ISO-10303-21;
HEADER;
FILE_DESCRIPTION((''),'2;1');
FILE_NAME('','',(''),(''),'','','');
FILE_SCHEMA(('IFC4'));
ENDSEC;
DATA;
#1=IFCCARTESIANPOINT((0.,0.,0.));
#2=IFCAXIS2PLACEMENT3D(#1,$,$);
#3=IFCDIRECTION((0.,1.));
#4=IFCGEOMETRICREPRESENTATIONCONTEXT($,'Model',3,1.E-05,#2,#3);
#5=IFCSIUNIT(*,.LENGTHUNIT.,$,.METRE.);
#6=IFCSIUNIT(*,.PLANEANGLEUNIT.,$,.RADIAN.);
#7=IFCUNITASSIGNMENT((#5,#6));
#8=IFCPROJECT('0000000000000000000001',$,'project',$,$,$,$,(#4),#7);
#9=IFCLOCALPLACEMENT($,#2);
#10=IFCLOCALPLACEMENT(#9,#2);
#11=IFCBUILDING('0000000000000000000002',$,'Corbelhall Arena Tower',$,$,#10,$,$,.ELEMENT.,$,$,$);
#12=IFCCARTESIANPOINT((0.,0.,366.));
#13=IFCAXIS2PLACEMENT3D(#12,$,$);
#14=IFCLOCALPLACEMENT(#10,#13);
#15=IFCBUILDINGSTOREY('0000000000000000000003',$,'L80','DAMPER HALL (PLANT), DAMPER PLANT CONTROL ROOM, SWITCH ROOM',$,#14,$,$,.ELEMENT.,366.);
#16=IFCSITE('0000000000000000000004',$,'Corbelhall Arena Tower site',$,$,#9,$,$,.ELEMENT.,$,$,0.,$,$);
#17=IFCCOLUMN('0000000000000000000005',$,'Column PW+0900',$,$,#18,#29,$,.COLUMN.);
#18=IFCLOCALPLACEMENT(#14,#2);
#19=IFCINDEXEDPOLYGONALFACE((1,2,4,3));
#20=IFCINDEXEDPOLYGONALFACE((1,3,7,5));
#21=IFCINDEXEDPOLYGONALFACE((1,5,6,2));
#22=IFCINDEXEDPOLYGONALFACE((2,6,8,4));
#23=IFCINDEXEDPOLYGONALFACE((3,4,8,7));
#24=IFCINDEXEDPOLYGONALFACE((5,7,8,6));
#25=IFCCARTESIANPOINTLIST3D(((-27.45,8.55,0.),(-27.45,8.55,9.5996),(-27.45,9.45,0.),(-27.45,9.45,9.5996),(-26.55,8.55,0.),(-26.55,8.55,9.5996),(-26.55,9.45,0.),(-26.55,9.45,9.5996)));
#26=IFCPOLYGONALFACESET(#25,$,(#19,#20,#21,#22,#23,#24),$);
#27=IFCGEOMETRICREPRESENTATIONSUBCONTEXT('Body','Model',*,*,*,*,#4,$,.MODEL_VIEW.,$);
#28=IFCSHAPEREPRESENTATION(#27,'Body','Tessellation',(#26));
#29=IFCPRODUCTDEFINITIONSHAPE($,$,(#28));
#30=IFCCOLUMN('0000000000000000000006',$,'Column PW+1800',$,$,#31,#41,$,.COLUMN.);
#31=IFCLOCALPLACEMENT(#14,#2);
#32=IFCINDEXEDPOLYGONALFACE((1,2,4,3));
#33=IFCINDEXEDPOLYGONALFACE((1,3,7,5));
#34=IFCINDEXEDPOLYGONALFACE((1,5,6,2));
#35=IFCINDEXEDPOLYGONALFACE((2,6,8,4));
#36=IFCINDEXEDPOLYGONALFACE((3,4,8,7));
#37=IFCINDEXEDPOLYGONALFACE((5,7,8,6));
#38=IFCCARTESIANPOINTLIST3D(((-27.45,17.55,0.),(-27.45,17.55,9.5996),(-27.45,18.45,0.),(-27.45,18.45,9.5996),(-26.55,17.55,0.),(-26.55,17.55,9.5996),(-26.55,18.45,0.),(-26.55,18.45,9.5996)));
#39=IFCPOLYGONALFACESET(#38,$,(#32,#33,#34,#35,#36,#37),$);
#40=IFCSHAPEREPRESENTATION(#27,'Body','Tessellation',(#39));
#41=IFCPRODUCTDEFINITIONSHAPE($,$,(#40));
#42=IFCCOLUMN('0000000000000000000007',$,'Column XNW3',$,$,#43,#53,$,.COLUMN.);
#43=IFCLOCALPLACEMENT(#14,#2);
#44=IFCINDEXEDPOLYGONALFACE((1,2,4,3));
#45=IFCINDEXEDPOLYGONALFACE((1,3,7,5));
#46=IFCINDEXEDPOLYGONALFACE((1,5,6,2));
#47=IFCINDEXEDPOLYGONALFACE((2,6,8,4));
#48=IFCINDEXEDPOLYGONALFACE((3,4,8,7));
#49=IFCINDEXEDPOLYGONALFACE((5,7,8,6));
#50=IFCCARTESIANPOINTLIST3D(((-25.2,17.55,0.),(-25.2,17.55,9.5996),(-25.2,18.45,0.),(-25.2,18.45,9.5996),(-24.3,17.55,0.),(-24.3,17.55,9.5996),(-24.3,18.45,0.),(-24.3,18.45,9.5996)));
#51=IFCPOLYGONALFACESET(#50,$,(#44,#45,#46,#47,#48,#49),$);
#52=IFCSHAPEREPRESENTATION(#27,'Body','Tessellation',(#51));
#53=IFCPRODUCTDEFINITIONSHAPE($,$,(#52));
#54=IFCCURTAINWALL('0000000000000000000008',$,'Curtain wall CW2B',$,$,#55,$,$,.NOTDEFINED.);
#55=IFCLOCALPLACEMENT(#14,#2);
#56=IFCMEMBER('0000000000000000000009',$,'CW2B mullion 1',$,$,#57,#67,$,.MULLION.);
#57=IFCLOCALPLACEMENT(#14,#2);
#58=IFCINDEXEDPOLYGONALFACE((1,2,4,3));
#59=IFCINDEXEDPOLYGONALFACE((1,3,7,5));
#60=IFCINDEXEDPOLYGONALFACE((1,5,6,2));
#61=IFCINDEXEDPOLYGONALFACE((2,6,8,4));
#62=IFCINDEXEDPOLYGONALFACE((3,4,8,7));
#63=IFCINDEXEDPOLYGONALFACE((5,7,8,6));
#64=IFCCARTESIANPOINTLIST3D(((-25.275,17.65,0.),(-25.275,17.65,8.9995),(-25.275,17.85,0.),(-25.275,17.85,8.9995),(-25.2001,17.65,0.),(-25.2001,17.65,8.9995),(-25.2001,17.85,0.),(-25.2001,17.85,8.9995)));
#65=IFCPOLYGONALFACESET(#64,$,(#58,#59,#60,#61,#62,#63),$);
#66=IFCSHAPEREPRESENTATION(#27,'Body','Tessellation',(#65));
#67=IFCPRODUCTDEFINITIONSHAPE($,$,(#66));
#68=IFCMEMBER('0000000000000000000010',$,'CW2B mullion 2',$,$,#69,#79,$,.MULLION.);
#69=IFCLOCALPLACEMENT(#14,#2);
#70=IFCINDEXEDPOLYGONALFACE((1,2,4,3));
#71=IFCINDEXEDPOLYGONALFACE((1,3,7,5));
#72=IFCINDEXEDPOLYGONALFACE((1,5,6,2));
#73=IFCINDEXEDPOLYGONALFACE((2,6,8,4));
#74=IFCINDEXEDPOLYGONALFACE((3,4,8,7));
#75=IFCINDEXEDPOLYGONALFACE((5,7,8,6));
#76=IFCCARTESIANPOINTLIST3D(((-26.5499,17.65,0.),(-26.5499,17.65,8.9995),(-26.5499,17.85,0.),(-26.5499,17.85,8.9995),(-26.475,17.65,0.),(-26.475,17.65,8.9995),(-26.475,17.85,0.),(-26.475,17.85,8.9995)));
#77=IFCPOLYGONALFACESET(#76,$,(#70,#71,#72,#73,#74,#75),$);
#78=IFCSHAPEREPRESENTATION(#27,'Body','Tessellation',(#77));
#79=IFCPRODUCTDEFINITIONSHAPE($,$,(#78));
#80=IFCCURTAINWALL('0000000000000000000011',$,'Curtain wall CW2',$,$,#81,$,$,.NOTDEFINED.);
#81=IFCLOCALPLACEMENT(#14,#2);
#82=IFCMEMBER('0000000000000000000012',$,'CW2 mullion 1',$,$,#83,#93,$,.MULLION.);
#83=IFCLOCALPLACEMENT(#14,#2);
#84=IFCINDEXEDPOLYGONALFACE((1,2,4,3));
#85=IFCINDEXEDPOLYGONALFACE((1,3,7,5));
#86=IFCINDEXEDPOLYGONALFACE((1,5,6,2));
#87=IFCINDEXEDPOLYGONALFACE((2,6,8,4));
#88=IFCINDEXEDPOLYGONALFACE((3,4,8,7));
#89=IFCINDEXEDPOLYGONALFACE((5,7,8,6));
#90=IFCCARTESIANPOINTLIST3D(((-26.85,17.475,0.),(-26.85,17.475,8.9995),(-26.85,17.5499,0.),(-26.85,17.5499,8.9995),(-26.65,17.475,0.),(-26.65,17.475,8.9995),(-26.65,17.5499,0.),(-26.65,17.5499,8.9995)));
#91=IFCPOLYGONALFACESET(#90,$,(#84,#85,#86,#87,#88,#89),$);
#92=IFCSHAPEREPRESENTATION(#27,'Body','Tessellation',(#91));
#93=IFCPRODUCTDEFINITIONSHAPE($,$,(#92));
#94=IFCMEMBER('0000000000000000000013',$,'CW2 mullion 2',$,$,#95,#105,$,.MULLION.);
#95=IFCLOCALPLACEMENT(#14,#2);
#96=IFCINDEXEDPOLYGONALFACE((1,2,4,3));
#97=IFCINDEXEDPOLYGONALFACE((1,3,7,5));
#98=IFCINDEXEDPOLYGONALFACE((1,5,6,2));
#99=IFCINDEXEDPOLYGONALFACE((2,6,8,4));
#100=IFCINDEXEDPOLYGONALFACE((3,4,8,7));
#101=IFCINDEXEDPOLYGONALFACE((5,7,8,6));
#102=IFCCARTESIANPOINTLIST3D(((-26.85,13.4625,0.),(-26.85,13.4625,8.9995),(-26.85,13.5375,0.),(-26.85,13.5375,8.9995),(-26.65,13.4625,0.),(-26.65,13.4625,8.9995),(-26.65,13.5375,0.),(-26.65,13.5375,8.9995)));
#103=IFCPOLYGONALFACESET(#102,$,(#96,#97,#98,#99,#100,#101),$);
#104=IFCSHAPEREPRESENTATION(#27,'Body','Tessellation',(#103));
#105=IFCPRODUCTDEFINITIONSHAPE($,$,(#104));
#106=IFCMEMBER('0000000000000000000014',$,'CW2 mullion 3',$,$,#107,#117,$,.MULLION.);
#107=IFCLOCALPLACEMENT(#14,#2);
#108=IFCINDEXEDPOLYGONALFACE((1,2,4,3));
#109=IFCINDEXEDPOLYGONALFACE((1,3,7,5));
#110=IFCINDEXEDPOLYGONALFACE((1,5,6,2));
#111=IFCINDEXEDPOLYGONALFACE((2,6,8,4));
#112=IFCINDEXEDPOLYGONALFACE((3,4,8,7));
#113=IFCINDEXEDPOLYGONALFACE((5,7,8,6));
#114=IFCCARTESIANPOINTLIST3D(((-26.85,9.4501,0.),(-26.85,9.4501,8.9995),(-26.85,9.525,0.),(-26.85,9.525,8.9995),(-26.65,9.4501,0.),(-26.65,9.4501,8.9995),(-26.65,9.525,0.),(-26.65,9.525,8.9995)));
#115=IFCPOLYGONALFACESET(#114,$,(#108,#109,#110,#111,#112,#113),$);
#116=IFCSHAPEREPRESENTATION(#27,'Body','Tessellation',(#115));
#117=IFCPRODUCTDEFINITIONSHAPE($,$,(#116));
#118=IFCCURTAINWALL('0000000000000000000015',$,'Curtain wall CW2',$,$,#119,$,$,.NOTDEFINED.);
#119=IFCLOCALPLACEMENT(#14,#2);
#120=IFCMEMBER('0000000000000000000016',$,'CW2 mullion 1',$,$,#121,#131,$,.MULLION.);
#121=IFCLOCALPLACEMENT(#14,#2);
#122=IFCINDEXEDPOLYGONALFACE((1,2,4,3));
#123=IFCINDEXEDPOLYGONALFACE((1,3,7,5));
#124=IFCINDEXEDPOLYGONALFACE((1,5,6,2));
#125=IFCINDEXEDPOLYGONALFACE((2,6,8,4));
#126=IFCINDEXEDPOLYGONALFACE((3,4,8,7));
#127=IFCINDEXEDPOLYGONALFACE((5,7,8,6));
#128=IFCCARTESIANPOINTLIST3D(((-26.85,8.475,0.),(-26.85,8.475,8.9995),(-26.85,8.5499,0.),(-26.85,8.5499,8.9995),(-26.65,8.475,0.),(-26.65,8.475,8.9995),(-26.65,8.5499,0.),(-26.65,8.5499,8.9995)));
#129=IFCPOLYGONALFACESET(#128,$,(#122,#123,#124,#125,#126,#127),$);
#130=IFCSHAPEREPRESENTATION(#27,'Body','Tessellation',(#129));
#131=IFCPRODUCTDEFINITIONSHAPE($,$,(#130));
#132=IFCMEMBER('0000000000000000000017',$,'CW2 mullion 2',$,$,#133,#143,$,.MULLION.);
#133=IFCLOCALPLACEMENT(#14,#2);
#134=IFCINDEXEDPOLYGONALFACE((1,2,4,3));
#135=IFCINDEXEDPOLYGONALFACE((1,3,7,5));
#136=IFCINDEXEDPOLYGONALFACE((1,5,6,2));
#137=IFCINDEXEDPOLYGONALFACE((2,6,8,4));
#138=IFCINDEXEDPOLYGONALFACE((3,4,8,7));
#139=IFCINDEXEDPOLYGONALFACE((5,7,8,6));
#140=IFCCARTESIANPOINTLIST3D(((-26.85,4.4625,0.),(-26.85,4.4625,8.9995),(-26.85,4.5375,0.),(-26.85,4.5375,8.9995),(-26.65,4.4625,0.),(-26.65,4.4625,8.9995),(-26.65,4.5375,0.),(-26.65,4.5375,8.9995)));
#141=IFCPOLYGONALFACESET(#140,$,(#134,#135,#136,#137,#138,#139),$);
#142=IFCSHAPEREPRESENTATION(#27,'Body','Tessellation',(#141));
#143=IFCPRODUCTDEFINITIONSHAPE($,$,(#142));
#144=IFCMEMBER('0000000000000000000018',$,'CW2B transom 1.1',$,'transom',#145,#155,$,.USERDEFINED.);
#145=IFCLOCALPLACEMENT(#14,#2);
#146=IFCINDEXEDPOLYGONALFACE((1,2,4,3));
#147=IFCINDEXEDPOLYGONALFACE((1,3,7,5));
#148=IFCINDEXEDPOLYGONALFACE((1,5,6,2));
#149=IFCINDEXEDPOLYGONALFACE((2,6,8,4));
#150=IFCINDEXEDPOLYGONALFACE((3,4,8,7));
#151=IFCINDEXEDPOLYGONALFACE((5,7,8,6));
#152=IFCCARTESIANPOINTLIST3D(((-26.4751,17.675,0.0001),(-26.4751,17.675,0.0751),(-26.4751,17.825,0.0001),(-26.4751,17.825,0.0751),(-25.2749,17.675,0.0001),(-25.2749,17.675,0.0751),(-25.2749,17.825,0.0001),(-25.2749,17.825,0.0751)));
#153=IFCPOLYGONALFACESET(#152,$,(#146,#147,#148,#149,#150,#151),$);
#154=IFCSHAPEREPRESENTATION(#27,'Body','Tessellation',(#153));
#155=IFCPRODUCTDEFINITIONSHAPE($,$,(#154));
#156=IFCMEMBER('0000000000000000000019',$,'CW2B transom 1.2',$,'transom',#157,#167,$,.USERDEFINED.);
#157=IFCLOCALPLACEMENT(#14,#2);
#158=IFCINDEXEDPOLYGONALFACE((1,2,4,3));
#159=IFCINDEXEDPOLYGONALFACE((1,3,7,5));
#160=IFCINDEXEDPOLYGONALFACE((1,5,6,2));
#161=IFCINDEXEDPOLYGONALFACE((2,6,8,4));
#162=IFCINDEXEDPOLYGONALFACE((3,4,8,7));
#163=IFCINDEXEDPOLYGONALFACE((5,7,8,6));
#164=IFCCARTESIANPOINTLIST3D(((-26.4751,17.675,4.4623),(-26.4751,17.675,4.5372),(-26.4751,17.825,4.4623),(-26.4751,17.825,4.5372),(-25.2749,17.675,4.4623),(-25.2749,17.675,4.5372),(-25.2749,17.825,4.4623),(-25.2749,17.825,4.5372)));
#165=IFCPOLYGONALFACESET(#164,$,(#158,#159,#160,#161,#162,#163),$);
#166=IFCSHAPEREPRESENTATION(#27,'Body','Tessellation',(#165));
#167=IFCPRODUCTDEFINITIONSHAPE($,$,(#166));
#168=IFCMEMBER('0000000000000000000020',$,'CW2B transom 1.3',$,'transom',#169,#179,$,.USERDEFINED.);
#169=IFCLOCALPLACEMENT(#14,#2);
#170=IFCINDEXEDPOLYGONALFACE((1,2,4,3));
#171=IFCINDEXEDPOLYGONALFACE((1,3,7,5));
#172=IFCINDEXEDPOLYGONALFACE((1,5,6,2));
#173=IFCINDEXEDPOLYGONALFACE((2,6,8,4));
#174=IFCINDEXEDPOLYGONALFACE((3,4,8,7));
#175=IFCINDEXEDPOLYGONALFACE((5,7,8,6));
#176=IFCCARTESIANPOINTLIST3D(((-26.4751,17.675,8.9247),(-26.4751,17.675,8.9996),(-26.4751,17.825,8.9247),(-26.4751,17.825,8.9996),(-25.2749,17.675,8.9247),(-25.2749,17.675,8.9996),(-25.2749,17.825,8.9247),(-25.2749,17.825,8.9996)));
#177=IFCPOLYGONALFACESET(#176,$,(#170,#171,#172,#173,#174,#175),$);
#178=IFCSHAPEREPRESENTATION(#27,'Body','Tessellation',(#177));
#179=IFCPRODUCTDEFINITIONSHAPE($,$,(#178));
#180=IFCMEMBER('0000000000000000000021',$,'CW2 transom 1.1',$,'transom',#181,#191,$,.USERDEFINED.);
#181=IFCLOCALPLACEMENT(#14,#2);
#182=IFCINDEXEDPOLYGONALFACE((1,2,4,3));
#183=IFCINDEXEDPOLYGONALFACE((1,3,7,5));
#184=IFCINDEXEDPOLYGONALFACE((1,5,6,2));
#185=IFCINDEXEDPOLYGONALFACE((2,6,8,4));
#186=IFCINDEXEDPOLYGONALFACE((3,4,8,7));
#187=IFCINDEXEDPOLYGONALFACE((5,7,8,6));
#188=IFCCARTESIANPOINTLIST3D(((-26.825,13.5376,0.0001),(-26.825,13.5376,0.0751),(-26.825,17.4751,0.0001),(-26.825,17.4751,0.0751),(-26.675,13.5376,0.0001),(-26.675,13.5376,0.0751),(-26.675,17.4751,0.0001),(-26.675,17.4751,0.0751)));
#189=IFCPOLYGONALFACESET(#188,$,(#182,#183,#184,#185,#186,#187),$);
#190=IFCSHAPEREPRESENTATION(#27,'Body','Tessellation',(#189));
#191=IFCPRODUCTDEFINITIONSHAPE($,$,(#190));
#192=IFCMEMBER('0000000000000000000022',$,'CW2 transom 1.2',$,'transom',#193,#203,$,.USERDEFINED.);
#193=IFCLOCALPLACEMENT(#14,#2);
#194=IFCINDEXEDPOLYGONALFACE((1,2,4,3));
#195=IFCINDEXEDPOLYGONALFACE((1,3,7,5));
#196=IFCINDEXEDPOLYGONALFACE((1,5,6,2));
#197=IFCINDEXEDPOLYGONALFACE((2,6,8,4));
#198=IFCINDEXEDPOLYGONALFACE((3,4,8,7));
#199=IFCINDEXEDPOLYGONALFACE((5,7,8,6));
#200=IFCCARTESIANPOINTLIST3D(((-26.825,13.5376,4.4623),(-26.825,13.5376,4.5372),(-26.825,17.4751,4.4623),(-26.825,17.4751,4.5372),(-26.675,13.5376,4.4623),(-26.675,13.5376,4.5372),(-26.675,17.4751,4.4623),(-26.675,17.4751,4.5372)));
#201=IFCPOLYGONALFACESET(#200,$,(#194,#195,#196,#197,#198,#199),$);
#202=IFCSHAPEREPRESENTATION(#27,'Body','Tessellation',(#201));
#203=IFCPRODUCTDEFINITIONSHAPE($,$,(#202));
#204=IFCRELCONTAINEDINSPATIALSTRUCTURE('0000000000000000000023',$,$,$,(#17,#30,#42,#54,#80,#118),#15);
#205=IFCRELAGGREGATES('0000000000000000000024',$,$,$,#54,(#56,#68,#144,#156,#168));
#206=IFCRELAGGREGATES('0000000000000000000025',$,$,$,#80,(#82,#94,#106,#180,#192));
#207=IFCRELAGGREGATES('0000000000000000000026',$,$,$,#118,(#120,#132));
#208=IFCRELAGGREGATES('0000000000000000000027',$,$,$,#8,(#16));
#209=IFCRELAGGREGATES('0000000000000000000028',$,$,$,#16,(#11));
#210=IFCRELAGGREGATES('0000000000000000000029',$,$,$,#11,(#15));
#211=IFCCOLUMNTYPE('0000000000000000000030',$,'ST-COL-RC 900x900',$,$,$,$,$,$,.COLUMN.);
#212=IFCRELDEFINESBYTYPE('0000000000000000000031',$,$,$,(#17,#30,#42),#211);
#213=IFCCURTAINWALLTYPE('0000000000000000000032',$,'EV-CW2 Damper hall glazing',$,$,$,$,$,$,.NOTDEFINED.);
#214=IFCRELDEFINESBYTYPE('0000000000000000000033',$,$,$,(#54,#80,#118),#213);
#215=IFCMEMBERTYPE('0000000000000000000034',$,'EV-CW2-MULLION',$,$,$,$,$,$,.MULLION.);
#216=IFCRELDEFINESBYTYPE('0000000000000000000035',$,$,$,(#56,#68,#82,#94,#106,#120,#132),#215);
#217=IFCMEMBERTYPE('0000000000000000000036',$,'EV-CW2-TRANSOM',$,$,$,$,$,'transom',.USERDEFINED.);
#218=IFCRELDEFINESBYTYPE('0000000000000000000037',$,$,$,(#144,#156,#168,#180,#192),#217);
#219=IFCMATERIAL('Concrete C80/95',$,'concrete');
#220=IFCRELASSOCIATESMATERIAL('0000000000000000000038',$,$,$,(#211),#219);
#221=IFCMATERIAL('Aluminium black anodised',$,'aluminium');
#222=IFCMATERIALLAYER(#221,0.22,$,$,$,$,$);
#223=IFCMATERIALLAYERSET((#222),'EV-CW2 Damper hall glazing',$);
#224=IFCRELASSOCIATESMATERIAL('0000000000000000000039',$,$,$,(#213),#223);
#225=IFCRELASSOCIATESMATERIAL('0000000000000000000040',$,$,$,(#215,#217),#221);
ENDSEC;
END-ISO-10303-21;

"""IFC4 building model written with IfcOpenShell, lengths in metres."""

from ifc_helpers import new_model, si_unit, direction, frame, origin, origin_2d, place, context, subcontext, project, spatial, rectangle, extrude, material, layer, layer_set, material_profile, profile_set, type_object, element, aggregate, save


model = new_model("IFC4")

# Units and contexts
model_context = context("Model", 3, precision=1e-05, world=origin(), true_north=direction((0.0, 1.0)))
body_context = subcontext(model_context, "Body", "Model", "MODEL_VIEW")
ifc_project = project(units=[si_unit("LENGTHUNIT", "METRE"), si_unit("PLANEANGLEUNIT", "RADIAN")], contexts=[model_context])

# Site, building, storey
site_placement = place(None, origin())
site = spatial("IfcSite", under=ifc_project, at=site_placement, Name="Corbelhall Arena Tower site", CompositionType="ELEMENT", RefElevation=0.0)
building_placement = place(site_placement, origin())
building = spatial("IfcBuilding", under=site, at=building_placement, Name="Corbelhall Arena Tower", CompositionType="ELEMENT")
storey_placement = place(building_placement, frame((0.0, 0.0, 366.0)))
storey = spatial("IfcBuildingStorey", under=building, at=storey_placement, Name="L80", Description="DAMPER HALL (PLANT), DAMPER PLANT CONTROL ROOM, SWITCH ROOM", CompositionType="ELEMENT", Elevation=366.0)

# Columns
ifc_material_1 = material(Name="Concrete C80/95", Category="concrete")
ifc_material_profile_1 = material_profile(ifc_material_1, rectangle(XDim=0.8999, YDim=0.8999, at=origin_2d()))
ifc_profile_set_1 = profile_set([ifc_material_profile_1], Name="Concrete C80/95")
column_type = type_object("IfcColumnType", Name="ST-COL-RC 900x900", PredefinedType="COLUMN", material=ifc_profile_set_1)
for number, where, z_axis, x_axis, name in (
    (1, (-27.0, 9.0, 0.0), (0.0, 0.0, 1.0), (0.0, 1.0, 0.0), "Column PW+0900"),
    (2, (-27.0, 18.0, 0.0), (0.0, 0.0, 1.0), (0.0, 1.0, 0.0), "Column PW+1800"),
    (3, (-24.75, 18.0, 0.0), (0.0, 0.0, 1.0), (1.0, 0.0, 0.0), "Column XNW3"),
):
    element("IfcColumn", number, at=place(storey_placement, frame(where, z_axis=z_axis, x_axis=x_axis)), inside=storey, type_object=column_type, Name=name, PredefinedType="COLUMN", context=body_context, shape_type="SweptSolid", body=[
        extrude(rectangle(XDim=0.8999, YDim=0.8999, at=origin_2d()), origin(), (0.0, 0.0, 1.0), 9.5996),
    ])

# Curtain walls, members
ifc_material_2 = material(Name="Aluminium black anodised", Category="aluminium")
ifc_layer_1 = layer(ifc_material_2, 0.22)
ifc_layer_set_1 = layer_set([ifc_layer_1], Name="EV-CW2 Damper hall glazing")
curtain_wall_type = type_object("IfcCurtainWallType", Name="EV-CW2 Damper hall glazing", PredefinedType="NOTDEFINED", material=ifc_layer_set_1)
curtain_wall_1_placement = place(storey_placement, origin())
curtain_wall_1 = element("IfcCurtainWall", 4, at=curtain_wall_1_placement, inside=storey, type_object=curtain_wall_type, Name="Curtain wall CW2B", PredefinedType="NOTDEFINED")
ifc_material_profile_2 = material_profile(ifc_material_2, rectangle(XDim=0.2, YDim=0.075, at=origin_2d()))
ifc_profile_set_2 = profile_set([ifc_material_profile_2], Name="Aluminium black anodised")
member_type_1 = type_object("IfcMemberType", Name="EV-CW2-MULLION", PredefinedType="MULLION", material=ifc_profile_set_2)
member_1_placement = place(storey_placement, frame((-25.2375, 17.75, 0.0), z_axis=(0.0, 0.0, 1.0), x_axis=(0.0, -1.0, 0.0)))
member_1 = element("IfcMember", 5, at=member_1_placement, type_object=member_type_1, Name="CW2B mullion 1", PredefinedType="MULLION", context=body_context, shape_type="SweptSolid", body=[
    extrude(rectangle(XDim=0.2, YDim=0.075, at=origin_2d()), origin(), (0.0, 0.0, 1.0), 8.9995),
])
member_2_placement = place(storey_placement, frame((-26.5125, 17.75, 0.0), z_axis=(0.0, 0.0, 1.0), x_axis=(0.0, -1.0, 0.0)))
member_2 = element("IfcMember", 6, at=member_2_placement, type_object=member_type_1, Name="CW2B mullion 2", PredefinedType="MULLION", context=body_context, shape_type="SweptSolid", body=[
    extrude(rectangle(XDim=0.2, YDim=0.075, at=origin_2d()), origin(), (0.0, 0.0, 1.0), 8.9995),
])
curtain_wall_2_placement = place(storey_placement, origin())
curtain_wall_2 = element("IfcCurtainWall", 7, at=curtain_wall_2_placement, inside=storey, type_object=curtain_wall_type, Name="Curtain wall CW2", PredefinedType="NOTDEFINED")
member_3_placement = place(storey_placement, frame((-26.75, 17.5125, 0.0), z_axis=(0.0, 0.0, 1.0), x_axis=(1.0, 0.0, 0.0)))
member_3 = element("IfcMember", 8, at=member_3_placement, type_object=member_type_1, Name="CW2 mullion 1", PredefinedType="MULLION", context=body_context, shape_type="SweptSolid", body=[
    extrude(rectangle(XDim=0.2, YDim=0.075, at=origin_2d()), origin(), (0.0, 0.0, 1.0), 8.9995),
])
member_4_placement = place(storey_placement, frame((-26.75, 13.5, 0.0), z_axis=(0.0, 0.0, 1.0), x_axis=(1.0, 0.0, 0.0)))
member_4 = element("IfcMember", 9, at=member_4_placement, type_object=member_type_1, Name="CW2 mullion 2", PredefinedType="MULLION", context=body_context, shape_type="SweptSolid", body=[
    extrude(rectangle(XDim=0.2, YDim=0.075, at=origin_2d()), origin(), (0.0, 0.0, 1.0), 8.9995),
])
member_5_placement = place(storey_placement, frame((-26.75, 9.4875, 0.0), z_axis=(0.0, 0.0, 1.0), x_axis=(1.0, 0.0, 0.0)))
member_5 = element("IfcMember", 10, at=member_5_placement, type_object=member_type_1, Name="CW2 mullion 3", PredefinedType="MULLION", context=body_context, shape_type="SweptSolid", body=[
    extrude(rectangle(XDim=0.2, YDim=0.075, at=origin_2d()), origin(), (0.0, 0.0, 1.0), 8.9995),
])
curtain_wall_3_placement = place(storey_placement, origin())
curtain_wall_3 = element("IfcCurtainWall", 11, at=curtain_wall_3_placement, inside=storey, type_object=curtain_wall_type, Name="Curtain wall CW2", PredefinedType="NOTDEFINED")
member_6_placement = place(storey_placement, frame((-26.75, 8.5125, 0.0), z_axis=(0.0, 0.0, 1.0), x_axis=(1.0, 0.0, 0.0)))
member_6 = element("IfcMember", 12, at=member_6_placement, type_object=member_type_1, Name="CW2 mullion 1", PredefinedType="MULLION", context=body_context, shape_type="SweptSolid", body=[
    extrude(rectangle(XDim=0.2, YDim=0.075, at=origin_2d()), origin(), (0.0, 0.0, 1.0), 8.9995),
])
member_7_placement = place(storey_placement, frame((-26.75, 4.5, 0.0), z_axis=(0.0, 0.0, 1.0), x_axis=(1.0, 0.0, 0.0)))
member_7 = element("IfcMember", 13, at=member_7_placement, type_object=member_type_1, Name="CW2 mullion 2", PredefinedType="MULLION", context=body_context, shape_type="SweptSolid", body=[
    extrude(rectangle(XDim=0.2, YDim=0.075, at=origin_2d()), origin(), (0.0, 0.0, 1.0), 8.9995),
])

# Members
ifc_material_profile_3 = material_profile(ifc_material_2, rectangle(XDim=0.1499, YDim=0.075, at=origin_2d()))
ifc_profile_set_3 = profile_set([ifc_material_profile_3], Name="Aluminium black anodised")
member_type_2 = type_object("IfcMemberType", Name="EV-CW2-TRANSOM", ElementType="transom", PredefinedType="USERDEFINED", material=ifc_profile_set_3)
member_8_placement = place(storey_placement, frame((-25.2749, 17.75, 0.0376), z_axis=(-1.0, 0.0, 0.0), x_axis=(0.0, -1.0, 0.0)))
member_8 = element("IfcMember", 14, at=member_8_placement, type_object=member_type_2, Name="CW2B transom 1.1", ObjectType="transom", PredefinedType="USERDEFINED", context=body_context, shape_type="SweptSolid", body=[
    extrude(rectangle(XDim=0.1499, YDim=0.075, at=origin_2d()), origin(), (0.0, 0.0, 1.0), 1.2002),
])
member_9_placement = place(storey_placement, frame((-25.2749, 17.75, 4.4998), z_axis=(-1.0, 0.0, 0.0), x_axis=(0.0, -1.0, 0.0)))
member_9 = element("IfcMember", 15, at=member_9_placement, type_object=member_type_2, Name="CW2B transom 1.2", ObjectType="transom", PredefinedType="USERDEFINED", context=body_context, shape_type="SweptSolid", body=[
    extrude(rectangle(XDim=0.1499, YDim=0.075, at=origin_2d()), origin(), (0.0, 0.0, 1.0), 1.2002),
])
member_10_placement = place(storey_placement, frame((-25.2749, 17.75, 8.9622), z_axis=(-1.0, 0.0, 0.0), x_axis=(0.0, -1.0, 0.0)))
member_10 = element("IfcMember", 16, at=member_10_placement, type_object=member_type_2, Name="CW2B transom 1.3", ObjectType="transom", PredefinedType="USERDEFINED", context=body_context, shape_type="SweptSolid", body=[
    extrude(rectangle(XDim=0.1499, YDim=0.075, at=origin_2d()), origin(), (0.0, 0.0, 1.0), 1.2002),
])
member_11_placement = place(storey_placement, frame((-26.75, 17.4751, 0.0376), z_axis=(0.0, -1.0, 0.0), x_axis=(1.0, 0.0, 0.0)))
member_11 = element("IfcMember", 17, at=member_11_placement, type_object=member_type_2, Name="CW2 transom 1.1", ObjectType="transom", PredefinedType="USERDEFINED", context=body_context, shape_type="SweptSolid", body=[
    extrude(rectangle(XDim=0.1499, YDim=0.075, at=origin_2d()), origin(), (0.0, 0.0, 1.0), 3.9375),
])
member_12_placement = place(storey_placement, frame((-26.75, 17.4751, 4.4998), z_axis=(0.0, -1.0, 0.0), x_axis=(1.0, 0.0, 0.0)))
member_12 = element("IfcMember", 18, at=member_12_placement, type_object=member_type_2, Name="CW2 transom 1.2", ObjectType="transom", PredefinedType="USERDEFINED", context=body_context, shape_type="SweptSolid", body=[
    extrude(rectangle(XDim=0.1499, YDim=0.075, at=origin_2d()), origin(), (0.0, 0.0, 1.0), 3.9375),
])

aggregate(curtain_wall_1, [member_1, member_2, member_8, member_9, member_10])
aggregate(curtain_wall_2, [member_3, member_4, member_5, member_11, member_12])
aggregate(curtain_wall_3, [member_6, member_7])

save(model, "model.ifc")
